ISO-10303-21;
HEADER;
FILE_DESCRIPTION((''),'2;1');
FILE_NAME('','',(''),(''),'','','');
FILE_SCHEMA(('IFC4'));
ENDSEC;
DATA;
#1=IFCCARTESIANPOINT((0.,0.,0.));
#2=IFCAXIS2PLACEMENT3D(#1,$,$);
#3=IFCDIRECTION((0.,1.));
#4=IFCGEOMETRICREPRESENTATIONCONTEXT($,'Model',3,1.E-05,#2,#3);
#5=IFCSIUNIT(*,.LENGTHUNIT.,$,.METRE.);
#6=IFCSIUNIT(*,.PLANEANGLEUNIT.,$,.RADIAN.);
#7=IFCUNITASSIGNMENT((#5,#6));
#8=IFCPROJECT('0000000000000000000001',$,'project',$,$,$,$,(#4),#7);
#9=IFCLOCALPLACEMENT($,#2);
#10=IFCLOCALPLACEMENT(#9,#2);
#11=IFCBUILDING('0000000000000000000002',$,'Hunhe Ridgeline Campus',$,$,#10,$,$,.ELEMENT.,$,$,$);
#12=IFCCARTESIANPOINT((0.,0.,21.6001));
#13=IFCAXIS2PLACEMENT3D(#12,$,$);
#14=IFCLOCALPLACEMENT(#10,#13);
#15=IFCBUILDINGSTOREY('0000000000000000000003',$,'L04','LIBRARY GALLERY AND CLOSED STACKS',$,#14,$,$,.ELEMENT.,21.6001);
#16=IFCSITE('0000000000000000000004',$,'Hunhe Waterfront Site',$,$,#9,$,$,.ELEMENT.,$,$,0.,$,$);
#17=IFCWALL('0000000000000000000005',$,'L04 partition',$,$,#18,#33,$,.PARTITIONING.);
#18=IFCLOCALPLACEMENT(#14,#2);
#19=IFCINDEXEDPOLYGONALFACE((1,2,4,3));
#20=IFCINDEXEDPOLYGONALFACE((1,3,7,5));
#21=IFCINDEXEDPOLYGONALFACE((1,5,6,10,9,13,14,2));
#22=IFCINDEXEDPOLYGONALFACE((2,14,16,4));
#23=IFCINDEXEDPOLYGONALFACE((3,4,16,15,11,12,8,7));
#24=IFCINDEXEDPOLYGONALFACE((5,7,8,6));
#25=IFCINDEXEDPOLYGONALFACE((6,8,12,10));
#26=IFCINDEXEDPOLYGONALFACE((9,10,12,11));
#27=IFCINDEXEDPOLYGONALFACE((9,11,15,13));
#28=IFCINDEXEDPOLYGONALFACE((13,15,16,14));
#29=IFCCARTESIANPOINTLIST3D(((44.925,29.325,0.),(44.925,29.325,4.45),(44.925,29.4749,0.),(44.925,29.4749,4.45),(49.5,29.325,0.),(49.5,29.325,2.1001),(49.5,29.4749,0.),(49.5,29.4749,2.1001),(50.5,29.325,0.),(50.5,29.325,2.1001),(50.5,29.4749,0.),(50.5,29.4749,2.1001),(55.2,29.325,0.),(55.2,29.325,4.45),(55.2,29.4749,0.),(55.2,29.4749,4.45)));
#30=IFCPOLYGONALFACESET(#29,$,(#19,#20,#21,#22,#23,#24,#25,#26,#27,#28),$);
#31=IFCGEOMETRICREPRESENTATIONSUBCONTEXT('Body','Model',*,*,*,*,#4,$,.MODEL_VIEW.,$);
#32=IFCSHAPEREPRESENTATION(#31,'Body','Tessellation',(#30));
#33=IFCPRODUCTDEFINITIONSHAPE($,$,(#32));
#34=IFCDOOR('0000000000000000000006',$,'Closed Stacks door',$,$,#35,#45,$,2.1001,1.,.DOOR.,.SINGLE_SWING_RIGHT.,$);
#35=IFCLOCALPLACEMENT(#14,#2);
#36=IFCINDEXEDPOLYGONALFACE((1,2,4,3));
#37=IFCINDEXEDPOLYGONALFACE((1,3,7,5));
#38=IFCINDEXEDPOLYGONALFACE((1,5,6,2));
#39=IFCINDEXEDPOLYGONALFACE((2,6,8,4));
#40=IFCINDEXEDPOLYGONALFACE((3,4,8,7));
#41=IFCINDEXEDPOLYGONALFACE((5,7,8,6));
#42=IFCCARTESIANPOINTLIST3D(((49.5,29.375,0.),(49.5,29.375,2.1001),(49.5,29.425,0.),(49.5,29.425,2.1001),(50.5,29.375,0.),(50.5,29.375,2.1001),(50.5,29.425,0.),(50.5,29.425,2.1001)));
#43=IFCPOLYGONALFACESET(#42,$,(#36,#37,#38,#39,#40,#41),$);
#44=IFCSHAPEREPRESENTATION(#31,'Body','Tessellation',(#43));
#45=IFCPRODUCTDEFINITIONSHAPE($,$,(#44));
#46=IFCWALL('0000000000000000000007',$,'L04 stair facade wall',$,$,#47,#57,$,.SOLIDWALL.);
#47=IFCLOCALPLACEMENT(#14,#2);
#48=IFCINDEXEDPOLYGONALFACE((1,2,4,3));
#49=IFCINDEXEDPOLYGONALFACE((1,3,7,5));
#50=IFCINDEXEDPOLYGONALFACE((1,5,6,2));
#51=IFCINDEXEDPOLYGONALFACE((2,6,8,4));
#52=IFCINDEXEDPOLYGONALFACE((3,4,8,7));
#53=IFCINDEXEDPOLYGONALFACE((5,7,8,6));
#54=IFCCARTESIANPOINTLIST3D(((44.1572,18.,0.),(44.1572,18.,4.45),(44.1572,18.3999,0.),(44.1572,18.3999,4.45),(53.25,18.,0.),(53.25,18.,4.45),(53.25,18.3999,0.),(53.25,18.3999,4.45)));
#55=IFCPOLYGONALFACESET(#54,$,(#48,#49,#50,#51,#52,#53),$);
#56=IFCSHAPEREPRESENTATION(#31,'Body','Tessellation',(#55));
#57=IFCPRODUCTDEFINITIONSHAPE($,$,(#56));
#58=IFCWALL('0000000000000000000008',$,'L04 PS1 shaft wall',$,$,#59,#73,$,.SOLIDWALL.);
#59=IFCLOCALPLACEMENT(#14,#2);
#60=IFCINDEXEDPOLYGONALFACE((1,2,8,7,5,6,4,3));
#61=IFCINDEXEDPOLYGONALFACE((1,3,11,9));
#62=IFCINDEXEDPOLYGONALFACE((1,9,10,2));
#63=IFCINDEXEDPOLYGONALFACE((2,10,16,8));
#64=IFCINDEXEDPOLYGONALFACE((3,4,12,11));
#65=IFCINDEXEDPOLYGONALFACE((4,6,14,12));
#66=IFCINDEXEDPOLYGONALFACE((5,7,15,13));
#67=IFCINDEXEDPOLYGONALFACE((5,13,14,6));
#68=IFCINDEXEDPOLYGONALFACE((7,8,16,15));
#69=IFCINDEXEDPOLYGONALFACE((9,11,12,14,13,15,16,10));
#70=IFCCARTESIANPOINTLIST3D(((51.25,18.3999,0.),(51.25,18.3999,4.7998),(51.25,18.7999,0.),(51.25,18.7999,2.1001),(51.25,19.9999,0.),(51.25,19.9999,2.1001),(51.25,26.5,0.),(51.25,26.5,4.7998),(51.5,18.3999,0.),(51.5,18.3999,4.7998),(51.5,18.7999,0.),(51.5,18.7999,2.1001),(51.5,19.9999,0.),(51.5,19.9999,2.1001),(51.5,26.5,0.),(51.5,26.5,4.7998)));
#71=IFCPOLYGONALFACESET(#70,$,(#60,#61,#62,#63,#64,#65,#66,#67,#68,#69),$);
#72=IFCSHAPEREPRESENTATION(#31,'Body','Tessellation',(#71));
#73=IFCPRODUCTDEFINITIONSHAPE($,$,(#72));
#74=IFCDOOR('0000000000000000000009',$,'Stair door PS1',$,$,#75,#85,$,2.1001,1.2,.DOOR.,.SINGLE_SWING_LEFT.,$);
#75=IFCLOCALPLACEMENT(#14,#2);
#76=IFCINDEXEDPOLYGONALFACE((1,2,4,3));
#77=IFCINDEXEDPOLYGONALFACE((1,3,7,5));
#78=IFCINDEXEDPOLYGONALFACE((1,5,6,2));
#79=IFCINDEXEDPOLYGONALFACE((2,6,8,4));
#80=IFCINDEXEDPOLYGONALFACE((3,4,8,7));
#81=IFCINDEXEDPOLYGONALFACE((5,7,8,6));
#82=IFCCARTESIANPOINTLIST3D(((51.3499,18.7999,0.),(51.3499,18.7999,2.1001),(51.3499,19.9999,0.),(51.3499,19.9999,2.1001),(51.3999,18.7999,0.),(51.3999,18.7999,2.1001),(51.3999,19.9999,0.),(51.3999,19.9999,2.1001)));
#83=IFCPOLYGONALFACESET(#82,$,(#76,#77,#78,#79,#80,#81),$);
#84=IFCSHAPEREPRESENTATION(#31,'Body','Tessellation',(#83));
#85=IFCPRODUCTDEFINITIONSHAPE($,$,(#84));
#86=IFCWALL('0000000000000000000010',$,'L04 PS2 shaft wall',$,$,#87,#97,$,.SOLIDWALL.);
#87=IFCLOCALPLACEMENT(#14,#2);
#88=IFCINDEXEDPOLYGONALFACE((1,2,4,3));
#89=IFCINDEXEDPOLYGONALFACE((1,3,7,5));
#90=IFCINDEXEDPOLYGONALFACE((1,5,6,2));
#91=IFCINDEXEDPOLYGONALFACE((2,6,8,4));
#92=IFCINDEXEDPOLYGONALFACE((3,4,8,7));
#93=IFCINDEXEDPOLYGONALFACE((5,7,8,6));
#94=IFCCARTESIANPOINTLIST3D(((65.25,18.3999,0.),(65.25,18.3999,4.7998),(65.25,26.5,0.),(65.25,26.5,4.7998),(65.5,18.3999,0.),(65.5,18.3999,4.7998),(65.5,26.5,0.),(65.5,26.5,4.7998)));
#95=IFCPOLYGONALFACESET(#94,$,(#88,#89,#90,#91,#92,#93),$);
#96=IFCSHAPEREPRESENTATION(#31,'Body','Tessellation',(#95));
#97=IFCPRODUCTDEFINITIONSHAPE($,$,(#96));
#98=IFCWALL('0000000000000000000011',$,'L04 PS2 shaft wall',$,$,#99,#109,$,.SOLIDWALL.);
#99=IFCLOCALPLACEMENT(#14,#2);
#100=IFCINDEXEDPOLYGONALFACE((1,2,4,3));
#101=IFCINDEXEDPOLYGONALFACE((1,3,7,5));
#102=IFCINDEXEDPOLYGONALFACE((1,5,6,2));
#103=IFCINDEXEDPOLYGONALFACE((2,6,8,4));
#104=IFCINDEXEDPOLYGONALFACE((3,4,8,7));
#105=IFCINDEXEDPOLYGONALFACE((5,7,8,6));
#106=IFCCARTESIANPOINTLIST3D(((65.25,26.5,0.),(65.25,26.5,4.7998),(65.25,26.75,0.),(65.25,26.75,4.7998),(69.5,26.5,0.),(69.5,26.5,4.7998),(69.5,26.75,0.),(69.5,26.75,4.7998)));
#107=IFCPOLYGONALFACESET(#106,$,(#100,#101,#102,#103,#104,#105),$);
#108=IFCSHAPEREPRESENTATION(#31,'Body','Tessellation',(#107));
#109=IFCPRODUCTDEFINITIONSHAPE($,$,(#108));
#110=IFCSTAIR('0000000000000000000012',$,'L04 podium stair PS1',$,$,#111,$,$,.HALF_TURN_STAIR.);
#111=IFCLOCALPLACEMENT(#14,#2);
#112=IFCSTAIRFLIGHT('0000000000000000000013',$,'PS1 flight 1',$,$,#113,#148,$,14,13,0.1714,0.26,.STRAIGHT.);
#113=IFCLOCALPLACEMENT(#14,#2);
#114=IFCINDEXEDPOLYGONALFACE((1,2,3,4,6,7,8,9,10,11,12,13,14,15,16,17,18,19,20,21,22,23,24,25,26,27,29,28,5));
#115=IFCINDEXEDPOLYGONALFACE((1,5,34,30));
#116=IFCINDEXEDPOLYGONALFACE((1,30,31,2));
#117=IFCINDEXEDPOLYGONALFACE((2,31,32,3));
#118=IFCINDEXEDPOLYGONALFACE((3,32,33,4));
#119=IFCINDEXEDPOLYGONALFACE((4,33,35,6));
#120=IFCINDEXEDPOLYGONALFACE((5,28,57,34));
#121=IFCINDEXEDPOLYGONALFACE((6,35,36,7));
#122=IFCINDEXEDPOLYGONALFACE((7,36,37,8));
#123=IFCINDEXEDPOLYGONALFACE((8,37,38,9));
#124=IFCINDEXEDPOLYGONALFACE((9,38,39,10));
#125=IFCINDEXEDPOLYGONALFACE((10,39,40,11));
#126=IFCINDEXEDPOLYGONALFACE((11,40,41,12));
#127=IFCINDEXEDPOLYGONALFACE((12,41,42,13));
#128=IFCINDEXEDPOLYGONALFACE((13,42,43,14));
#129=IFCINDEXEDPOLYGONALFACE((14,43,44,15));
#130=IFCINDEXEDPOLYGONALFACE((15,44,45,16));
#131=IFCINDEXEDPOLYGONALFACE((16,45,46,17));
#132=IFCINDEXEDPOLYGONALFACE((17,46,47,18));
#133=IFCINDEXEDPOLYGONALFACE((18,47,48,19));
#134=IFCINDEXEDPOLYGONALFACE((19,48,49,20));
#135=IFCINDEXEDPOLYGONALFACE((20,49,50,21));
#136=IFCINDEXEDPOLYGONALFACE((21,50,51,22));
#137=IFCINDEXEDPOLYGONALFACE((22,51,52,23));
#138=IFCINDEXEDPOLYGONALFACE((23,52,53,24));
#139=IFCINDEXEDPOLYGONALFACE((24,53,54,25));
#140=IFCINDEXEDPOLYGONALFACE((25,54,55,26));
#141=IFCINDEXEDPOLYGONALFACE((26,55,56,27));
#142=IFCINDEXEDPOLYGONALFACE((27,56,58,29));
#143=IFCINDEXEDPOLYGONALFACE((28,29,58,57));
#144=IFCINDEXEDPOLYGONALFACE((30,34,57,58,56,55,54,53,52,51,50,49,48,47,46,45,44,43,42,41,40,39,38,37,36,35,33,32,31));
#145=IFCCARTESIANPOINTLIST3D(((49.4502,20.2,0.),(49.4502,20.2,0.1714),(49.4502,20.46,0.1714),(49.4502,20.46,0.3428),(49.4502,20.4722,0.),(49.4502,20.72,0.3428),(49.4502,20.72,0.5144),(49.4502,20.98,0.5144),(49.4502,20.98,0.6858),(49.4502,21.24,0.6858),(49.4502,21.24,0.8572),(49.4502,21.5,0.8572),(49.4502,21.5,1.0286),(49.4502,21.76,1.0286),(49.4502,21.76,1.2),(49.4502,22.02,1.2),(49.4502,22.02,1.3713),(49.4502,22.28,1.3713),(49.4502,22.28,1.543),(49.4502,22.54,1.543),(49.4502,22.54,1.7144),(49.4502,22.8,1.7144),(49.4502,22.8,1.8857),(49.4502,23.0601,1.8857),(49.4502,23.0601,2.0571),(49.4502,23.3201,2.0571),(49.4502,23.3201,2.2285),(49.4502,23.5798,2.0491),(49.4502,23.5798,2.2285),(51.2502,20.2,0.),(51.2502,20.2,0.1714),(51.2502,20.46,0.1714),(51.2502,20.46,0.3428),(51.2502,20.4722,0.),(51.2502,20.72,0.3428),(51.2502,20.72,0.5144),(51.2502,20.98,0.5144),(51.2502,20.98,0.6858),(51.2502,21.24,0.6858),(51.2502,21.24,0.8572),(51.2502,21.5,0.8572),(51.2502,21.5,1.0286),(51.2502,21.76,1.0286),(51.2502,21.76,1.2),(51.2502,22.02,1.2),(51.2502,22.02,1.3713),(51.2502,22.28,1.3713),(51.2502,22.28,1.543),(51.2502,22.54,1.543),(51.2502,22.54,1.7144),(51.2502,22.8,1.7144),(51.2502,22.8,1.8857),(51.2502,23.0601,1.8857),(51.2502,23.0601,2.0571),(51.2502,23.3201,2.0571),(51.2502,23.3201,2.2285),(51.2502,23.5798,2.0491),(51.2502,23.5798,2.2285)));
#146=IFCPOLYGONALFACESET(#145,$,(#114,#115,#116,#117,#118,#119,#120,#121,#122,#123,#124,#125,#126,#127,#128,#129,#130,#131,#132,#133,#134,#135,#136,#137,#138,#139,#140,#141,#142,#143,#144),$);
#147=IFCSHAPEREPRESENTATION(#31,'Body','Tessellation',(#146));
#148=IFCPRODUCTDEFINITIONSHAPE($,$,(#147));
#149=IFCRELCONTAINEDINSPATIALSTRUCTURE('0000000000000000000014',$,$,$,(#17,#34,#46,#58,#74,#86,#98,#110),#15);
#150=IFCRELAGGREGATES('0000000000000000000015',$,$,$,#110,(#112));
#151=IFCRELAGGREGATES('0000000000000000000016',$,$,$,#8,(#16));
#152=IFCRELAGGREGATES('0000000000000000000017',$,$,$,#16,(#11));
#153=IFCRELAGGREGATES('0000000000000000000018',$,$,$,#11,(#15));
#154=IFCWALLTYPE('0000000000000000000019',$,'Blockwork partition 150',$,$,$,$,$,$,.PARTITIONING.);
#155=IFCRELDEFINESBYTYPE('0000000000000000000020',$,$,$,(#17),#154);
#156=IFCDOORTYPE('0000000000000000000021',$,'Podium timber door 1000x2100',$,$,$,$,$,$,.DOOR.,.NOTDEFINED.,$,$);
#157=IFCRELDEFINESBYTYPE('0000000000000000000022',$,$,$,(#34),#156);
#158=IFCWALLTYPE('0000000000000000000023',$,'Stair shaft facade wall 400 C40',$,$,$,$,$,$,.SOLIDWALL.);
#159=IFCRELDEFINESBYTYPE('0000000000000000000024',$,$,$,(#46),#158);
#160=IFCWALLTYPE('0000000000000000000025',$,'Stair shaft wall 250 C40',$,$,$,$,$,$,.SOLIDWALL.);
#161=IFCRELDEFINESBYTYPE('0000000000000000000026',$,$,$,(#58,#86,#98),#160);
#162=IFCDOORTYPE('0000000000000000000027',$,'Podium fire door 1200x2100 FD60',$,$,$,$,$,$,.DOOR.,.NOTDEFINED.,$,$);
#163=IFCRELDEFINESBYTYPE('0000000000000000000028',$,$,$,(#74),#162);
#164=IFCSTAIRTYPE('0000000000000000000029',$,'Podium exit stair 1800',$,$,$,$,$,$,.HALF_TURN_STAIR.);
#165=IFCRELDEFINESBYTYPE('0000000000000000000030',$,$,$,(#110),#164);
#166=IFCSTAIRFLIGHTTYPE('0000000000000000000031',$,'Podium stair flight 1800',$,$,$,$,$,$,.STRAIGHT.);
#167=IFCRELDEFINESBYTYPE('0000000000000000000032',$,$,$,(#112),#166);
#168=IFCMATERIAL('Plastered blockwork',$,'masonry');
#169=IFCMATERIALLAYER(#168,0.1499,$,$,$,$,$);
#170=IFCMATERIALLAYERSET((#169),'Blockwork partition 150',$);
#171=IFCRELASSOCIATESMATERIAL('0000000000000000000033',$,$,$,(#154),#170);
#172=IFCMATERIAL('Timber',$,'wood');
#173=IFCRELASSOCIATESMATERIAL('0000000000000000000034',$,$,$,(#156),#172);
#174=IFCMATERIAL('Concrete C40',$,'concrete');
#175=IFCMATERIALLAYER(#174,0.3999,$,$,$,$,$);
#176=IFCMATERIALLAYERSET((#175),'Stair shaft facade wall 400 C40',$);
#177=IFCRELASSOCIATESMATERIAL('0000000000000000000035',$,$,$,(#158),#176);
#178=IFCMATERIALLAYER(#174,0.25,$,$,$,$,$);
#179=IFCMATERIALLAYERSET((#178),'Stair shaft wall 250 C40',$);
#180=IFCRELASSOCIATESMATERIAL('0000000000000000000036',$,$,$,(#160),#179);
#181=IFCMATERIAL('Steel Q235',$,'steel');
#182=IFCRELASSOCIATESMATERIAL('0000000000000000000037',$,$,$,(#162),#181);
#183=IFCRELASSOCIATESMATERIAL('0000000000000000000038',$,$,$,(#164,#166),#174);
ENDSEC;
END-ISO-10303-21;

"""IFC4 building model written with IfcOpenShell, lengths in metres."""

from ifc_helpers import new_model, si_unit, direction, frame, frame_2d, origin, place, context, subcontext, project, spatial, polyline, rectangle, outline, extrude, material, layer, layer_set, type_object, element, fill, aggregate, save


model = new_model("IFC4")

# Units and contexts
model_context = context("Model", 3, precision=1e-05, world=origin(), true_north=direction((0.0, 1.0)))
body_context = subcontext(model_context, "Body", "Model", "MODEL_VIEW")
ifc_project = project(units=[si_unit("LENGTHUNIT", "METRE"), si_unit("PLANEANGLEUNIT", "RADIAN")], contexts=[model_context])

# Site, building, storey
site_placement = place(None, origin())
site = spatial("IfcSite", under=ifc_project, at=site_placement, Name="Hunhe Waterfront Site", CompositionType="ELEMENT", RefElevation=0.0)
building_placement = place(site_placement, origin())
building = spatial("IfcBuilding", under=site, at=building_placement, Name="Hunhe Ridgeline Campus", CompositionType="ELEMENT")
storey_placement = place(building_placement, frame((0.0, 0.0, 21.6001)))
storey = spatial("IfcBuildingStorey", under=building, at=storey_placement, Name="L04", Description="LIBRARY GALLERY AND CLOSED STACKS", CompositionType="ELEMENT", Elevation=21.6001)

# Wall, opening, door
ifc_material_1 = material(Name="Plastered blockwork", Category="masonry")
ifc_layer_1 = layer(ifc_material_1, 0.1499)
ifc_layer_set_1 = layer_set([ifc_layer_1], Name="Blockwork partition 150")
wall_type_1 = type_object("IfcWallType", Name="Blockwork partition 150", PredefinedType="PARTITIONING", material=ifc_layer_set_1)
wall_1_placement = place(storey_placement, frame((55.2, 29.3999, 0.0), z_axis=(0.0, 0.0, 1.0), x_axis=(-1.0, 0.0, 0.0)))
wall_1 = element("IfcWall", 1, at=wall_1_placement, inside=storey, type_object=wall_type_1, Name="L04 partition", PredefinedType="PARTITIONING", context=body_context, shape_type="SweptSolid", body=[
    extrude(rectangle(XDim=10.2749, YDim=0.1499, at=frame_2d((5.1375, 0.0))), origin(), (0.0, 0.0, 1.0), 4.45),
])
opening_1_placement = place(wall_1_placement, frame((4.7, 0.0, 0.0)))
opening_1 = element("IfcOpeningElement", 2, at=opening_1_placement, cuts=wall_1, PredefinedType="OPENING", context=body_context, shape_type="SweptSolid", body=[
    extrude(rectangle(XDim=1.0, YDim=2.1001, at=frame_2d((0.5, 1.05))), frame((0.0, 0.075, 0.0), z_axis=(0.0, -1.0, 0.0), x_axis=(1.0, 0.0, 0.0)), (0.0, 0.0, 1.0), 0.1499),
])
ifc_material_2 = material(Name="Timber", Category="wood")
door_type_1 = type_object("IfcDoorType", Name="Podium timber door 1000x2100", OperationType="NOTDEFINED", PredefinedType="DOOR", material=ifc_material_2)
door_1_placement = place(opening_1_placement, origin())
door_1 = element("IfcDoor", 3, at=door_1_placement, inside=storey, type_object=door_type_1, Name="Closed Stacks door", OperationType="SINGLE_SWING_RIGHT", OverallHeight=2.1001, OverallWidth=1.0, PredefinedType="DOOR", context=body_context, shape_type="SweptSolid", body=[
    extrude(rectangle(XDim=1.0, YDim=2.1001, at=frame_2d((0.5, 1.05))), frame((0.0, 0.0249, 0.0), z_axis=(0.0, -1.0, 0.0), x_axis=(1.0, 0.0, 0.0)), (0.0, 0.0, 1.0), 0.05),
])
fill(opening_1, door_1)

# Wall
ifc_material_3 = material(Name="Concrete C40", Category="concrete")
ifc_layer_2 = layer(ifc_material_3, 0.3999)
ifc_layer_set_2 = layer_set([ifc_layer_2], Name="Stair shaft facade wall 400 C40")
wall_type_2 = type_object("IfcWallType", Name="Stair shaft facade wall 400 C40", PredefinedType="SOLIDWALL", material=ifc_layer_set_2)
wall_2_placement = place(storey_placement, frame((53.25, 18.2, 0.0), z_axis=(0.0, 0.0, 1.0), x_axis=(-1.0, 0.0, 0.0)))
element("IfcWall", 4, at=wall_2_placement, inside=storey, type_object=wall_type_2, Name="L04 stair facade wall", PredefinedType="SOLIDWALL", context=body_context, shape_type="SweptSolid", body=[
    extrude(rectangle(XDim=9.0928, YDim=0.3999, at=frame_2d((4.5464, 0.0))), origin(), (0.0, 0.0, 1.0), 4.45),
])

# Wall, opening, door
ifc_layer_3 = layer(ifc_material_3, 0.25)
ifc_layer_set_3 = layer_set([ifc_layer_3], Name="Stair shaft wall 250 C40")
wall_type_3 = type_object("IfcWallType", Name="Stair shaft wall 250 C40", PredefinedType="SOLIDWALL", material=ifc_layer_set_3)
wall_3_placement = place(storey_placement, frame((51.375, 26.5, 0.0), z_axis=(0.0, 0.0, 1.0), x_axis=(0.0, -1.0, 0.0)))
wall_3 = element("IfcWall", 5, at=wall_3_placement, inside=storey, type_object=wall_type_3, Name="L04 PS1 shaft wall", PredefinedType="SOLIDWALL", context=body_context, shape_type="SweptSolid", body=[
    extrude(rectangle(XDim=8.1001, YDim=0.25, at=frame_2d((4.05, 0.0))), origin(), (0.0, 0.0, 1.0), 4.7998),
])
opening_2_placement = place(wall_3_placement, frame((6.5, 0.0, 0.0)))
opening_2 = element("IfcOpeningElement", 6, at=opening_2_placement, cuts=wall_3, PredefinedType="OPENING", context=body_context, shape_type="SweptSolid", body=[
    extrude(rectangle(XDim=1.2, YDim=2.1001, at=frame_2d((0.6001, 1.05))), frame((0.0, 0.125, 0.0), z_axis=(0.0, -1.0, 0.0), x_axis=(1.0, 0.0, 0.0)), (0.0, 0.0, 1.0), 0.25),
])
ifc_material_4 = material(Name="Steel Q235", Category="steel")
door_type_2 = type_object("IfcDoorType", Name="Podium fire door 1200x2100 FD60", OperationType="NOTDEFINED", PredefinedType="DOOR", material=ifc_material_4)
door_2_placement = place(opening_2_placement, origin())
door_2 = element("IfcDoor", 7, at=door_2_placement, inside=storey, type_object=door_type_2, Name="Stair door PS1", OperationType="SINGLE_SWING_LEFT", OverallHeight=2.1001, OverallWidth=1.2, PredefinedType="DOOR", context=body_context, shape_type="SweptSolid", body=[
    extrude(rectangle(XDim=1.2, YDim=2.1001, at=frame_2d((0.6001, 1.05))), frame((0.0, 0.0249, 0.0), z_axis=(0.0, -1.0, 0.0), x_axis=(1.0, 0.0, 0.0)), (0.0, 0.0, 1.0), 0.05),
])
fill(opening_2, door_2)

# Walls
wall_4_placement = place(storey_placement, frame((65.375, 18.3999, 0.0), z_axis=(0.0, 0.0, 1.0), x_axis=(0.0, 1.0, 0.0)))
element("IfcWall", 8, at=wall_4_placement, inside=storey, type_object=wall_type_3, Name="L04 PS2 shaft wall", PredefinedType="SOLIDWALL", context=body_context, shape_type="SweptSolid", body=[
    extrude(rectangle(XDim=8.1001, YDim=0.25, at=frame_2d((4.05, 0.0))), origin(), (0.0, 0.0, 1.0), 4.7998),
])
wall_5_placement = place(storey_placement, frame((65.25, 26.625, 0.0), z_axis=(0.0, 0.0, 1.0), x_axis=(1.0, 0.0, 0.0)))
element("IfcWall", 9, at=wall_5_placement, inside=storey, type_object=wall_type_3, Name="L04 PS2 shaft wall", PredefinedType="SOLIDWALL", context=body_context, shape_type="SweptSolid", body=[
    extrude(rectangle(XDim=4.25, YDim=0.25, at=frame_2d((2.125, 0.0))), origin(), (0.0, 0.0, 1.0), 4.7998),
])

# Stair, stair flight
stair_type = type_object("IfcStairType", Name="Podium exit stair 1800", PredefinedType="HALF_TURN_STAIR", material=ifc_material_3)
stair_placement = place(storey_placement, origin())
stair = element("IfcStair", 10, at=stair_placement, inside=storey, type_object=stair_type, Name="L04 podium stair PS1", PredefinedType="HALF_TURN_STAIR")
stair_flight_type = type_object("IfcStairFlightType", Name="Podium stair flight 1800", PredefinedType="STRAIGHT", material=ifc_material_3)
stair_flight_placement = place(storey_placement, frame((50.3501, 20.2, 0.0), z_axis=(0.0, 0.0, 1.0), x_axis=(0.0, 1.0, 0.0)))
stair_flight = element("IfcStairFlight", 11, at=stair_flight_placement, type_object=stair_flight_type, Name="PS1 flight 1", NumberOfRisers=14, NumberOfTreads=13, PredefinedType="STRAIGHT", RiserHeight=0.1714, TreadLength=0.26, context=body_context, shape_type="SweptSolid", body=[
    extrude(outline(polyline([(0.0, 0.0), (0.0, 0.1714), (0.26, 0.1714), (0.26, 0.3428), (0.52, 0.3428), (0.52, 0.5144), (0.78, 0.5144), (0.78, 0.6858), (1.04, 0.6858), (1.04, 0.8572), (1.3, 0.8572), (1.3, 1.0286), (1.5601, 1.0286), (1.5601, 1.2), (1.8201, 1.2), (1.8201, 1.3713), (2.0801, 1.3713), (2.0801, 1.543), (2.3401, 1.543), (2.3401, 1.7144), (2.6001, 1.7144), (2.6001, 1.8857), (2.8601, 1.8857), (2.8601, 2.0571), (3.1201, 2.0571), (3.1201, 2.2285), (3.3799, 2.2285), (3.3799, 2.3999), (3.3799, 2.0491), (0.2722, 0.0), (0.0, 0.0)])), frame((0.0, 0.8999, 0.0), z_axis=(0.0, -1.0, 0.0), x_axis=(1.0, 0.0, 0.0)), (0.0, 0.0, 1.0), 1.8),
])
aggregate(stair, [stair_flight])

save(model, "model.ifc")
